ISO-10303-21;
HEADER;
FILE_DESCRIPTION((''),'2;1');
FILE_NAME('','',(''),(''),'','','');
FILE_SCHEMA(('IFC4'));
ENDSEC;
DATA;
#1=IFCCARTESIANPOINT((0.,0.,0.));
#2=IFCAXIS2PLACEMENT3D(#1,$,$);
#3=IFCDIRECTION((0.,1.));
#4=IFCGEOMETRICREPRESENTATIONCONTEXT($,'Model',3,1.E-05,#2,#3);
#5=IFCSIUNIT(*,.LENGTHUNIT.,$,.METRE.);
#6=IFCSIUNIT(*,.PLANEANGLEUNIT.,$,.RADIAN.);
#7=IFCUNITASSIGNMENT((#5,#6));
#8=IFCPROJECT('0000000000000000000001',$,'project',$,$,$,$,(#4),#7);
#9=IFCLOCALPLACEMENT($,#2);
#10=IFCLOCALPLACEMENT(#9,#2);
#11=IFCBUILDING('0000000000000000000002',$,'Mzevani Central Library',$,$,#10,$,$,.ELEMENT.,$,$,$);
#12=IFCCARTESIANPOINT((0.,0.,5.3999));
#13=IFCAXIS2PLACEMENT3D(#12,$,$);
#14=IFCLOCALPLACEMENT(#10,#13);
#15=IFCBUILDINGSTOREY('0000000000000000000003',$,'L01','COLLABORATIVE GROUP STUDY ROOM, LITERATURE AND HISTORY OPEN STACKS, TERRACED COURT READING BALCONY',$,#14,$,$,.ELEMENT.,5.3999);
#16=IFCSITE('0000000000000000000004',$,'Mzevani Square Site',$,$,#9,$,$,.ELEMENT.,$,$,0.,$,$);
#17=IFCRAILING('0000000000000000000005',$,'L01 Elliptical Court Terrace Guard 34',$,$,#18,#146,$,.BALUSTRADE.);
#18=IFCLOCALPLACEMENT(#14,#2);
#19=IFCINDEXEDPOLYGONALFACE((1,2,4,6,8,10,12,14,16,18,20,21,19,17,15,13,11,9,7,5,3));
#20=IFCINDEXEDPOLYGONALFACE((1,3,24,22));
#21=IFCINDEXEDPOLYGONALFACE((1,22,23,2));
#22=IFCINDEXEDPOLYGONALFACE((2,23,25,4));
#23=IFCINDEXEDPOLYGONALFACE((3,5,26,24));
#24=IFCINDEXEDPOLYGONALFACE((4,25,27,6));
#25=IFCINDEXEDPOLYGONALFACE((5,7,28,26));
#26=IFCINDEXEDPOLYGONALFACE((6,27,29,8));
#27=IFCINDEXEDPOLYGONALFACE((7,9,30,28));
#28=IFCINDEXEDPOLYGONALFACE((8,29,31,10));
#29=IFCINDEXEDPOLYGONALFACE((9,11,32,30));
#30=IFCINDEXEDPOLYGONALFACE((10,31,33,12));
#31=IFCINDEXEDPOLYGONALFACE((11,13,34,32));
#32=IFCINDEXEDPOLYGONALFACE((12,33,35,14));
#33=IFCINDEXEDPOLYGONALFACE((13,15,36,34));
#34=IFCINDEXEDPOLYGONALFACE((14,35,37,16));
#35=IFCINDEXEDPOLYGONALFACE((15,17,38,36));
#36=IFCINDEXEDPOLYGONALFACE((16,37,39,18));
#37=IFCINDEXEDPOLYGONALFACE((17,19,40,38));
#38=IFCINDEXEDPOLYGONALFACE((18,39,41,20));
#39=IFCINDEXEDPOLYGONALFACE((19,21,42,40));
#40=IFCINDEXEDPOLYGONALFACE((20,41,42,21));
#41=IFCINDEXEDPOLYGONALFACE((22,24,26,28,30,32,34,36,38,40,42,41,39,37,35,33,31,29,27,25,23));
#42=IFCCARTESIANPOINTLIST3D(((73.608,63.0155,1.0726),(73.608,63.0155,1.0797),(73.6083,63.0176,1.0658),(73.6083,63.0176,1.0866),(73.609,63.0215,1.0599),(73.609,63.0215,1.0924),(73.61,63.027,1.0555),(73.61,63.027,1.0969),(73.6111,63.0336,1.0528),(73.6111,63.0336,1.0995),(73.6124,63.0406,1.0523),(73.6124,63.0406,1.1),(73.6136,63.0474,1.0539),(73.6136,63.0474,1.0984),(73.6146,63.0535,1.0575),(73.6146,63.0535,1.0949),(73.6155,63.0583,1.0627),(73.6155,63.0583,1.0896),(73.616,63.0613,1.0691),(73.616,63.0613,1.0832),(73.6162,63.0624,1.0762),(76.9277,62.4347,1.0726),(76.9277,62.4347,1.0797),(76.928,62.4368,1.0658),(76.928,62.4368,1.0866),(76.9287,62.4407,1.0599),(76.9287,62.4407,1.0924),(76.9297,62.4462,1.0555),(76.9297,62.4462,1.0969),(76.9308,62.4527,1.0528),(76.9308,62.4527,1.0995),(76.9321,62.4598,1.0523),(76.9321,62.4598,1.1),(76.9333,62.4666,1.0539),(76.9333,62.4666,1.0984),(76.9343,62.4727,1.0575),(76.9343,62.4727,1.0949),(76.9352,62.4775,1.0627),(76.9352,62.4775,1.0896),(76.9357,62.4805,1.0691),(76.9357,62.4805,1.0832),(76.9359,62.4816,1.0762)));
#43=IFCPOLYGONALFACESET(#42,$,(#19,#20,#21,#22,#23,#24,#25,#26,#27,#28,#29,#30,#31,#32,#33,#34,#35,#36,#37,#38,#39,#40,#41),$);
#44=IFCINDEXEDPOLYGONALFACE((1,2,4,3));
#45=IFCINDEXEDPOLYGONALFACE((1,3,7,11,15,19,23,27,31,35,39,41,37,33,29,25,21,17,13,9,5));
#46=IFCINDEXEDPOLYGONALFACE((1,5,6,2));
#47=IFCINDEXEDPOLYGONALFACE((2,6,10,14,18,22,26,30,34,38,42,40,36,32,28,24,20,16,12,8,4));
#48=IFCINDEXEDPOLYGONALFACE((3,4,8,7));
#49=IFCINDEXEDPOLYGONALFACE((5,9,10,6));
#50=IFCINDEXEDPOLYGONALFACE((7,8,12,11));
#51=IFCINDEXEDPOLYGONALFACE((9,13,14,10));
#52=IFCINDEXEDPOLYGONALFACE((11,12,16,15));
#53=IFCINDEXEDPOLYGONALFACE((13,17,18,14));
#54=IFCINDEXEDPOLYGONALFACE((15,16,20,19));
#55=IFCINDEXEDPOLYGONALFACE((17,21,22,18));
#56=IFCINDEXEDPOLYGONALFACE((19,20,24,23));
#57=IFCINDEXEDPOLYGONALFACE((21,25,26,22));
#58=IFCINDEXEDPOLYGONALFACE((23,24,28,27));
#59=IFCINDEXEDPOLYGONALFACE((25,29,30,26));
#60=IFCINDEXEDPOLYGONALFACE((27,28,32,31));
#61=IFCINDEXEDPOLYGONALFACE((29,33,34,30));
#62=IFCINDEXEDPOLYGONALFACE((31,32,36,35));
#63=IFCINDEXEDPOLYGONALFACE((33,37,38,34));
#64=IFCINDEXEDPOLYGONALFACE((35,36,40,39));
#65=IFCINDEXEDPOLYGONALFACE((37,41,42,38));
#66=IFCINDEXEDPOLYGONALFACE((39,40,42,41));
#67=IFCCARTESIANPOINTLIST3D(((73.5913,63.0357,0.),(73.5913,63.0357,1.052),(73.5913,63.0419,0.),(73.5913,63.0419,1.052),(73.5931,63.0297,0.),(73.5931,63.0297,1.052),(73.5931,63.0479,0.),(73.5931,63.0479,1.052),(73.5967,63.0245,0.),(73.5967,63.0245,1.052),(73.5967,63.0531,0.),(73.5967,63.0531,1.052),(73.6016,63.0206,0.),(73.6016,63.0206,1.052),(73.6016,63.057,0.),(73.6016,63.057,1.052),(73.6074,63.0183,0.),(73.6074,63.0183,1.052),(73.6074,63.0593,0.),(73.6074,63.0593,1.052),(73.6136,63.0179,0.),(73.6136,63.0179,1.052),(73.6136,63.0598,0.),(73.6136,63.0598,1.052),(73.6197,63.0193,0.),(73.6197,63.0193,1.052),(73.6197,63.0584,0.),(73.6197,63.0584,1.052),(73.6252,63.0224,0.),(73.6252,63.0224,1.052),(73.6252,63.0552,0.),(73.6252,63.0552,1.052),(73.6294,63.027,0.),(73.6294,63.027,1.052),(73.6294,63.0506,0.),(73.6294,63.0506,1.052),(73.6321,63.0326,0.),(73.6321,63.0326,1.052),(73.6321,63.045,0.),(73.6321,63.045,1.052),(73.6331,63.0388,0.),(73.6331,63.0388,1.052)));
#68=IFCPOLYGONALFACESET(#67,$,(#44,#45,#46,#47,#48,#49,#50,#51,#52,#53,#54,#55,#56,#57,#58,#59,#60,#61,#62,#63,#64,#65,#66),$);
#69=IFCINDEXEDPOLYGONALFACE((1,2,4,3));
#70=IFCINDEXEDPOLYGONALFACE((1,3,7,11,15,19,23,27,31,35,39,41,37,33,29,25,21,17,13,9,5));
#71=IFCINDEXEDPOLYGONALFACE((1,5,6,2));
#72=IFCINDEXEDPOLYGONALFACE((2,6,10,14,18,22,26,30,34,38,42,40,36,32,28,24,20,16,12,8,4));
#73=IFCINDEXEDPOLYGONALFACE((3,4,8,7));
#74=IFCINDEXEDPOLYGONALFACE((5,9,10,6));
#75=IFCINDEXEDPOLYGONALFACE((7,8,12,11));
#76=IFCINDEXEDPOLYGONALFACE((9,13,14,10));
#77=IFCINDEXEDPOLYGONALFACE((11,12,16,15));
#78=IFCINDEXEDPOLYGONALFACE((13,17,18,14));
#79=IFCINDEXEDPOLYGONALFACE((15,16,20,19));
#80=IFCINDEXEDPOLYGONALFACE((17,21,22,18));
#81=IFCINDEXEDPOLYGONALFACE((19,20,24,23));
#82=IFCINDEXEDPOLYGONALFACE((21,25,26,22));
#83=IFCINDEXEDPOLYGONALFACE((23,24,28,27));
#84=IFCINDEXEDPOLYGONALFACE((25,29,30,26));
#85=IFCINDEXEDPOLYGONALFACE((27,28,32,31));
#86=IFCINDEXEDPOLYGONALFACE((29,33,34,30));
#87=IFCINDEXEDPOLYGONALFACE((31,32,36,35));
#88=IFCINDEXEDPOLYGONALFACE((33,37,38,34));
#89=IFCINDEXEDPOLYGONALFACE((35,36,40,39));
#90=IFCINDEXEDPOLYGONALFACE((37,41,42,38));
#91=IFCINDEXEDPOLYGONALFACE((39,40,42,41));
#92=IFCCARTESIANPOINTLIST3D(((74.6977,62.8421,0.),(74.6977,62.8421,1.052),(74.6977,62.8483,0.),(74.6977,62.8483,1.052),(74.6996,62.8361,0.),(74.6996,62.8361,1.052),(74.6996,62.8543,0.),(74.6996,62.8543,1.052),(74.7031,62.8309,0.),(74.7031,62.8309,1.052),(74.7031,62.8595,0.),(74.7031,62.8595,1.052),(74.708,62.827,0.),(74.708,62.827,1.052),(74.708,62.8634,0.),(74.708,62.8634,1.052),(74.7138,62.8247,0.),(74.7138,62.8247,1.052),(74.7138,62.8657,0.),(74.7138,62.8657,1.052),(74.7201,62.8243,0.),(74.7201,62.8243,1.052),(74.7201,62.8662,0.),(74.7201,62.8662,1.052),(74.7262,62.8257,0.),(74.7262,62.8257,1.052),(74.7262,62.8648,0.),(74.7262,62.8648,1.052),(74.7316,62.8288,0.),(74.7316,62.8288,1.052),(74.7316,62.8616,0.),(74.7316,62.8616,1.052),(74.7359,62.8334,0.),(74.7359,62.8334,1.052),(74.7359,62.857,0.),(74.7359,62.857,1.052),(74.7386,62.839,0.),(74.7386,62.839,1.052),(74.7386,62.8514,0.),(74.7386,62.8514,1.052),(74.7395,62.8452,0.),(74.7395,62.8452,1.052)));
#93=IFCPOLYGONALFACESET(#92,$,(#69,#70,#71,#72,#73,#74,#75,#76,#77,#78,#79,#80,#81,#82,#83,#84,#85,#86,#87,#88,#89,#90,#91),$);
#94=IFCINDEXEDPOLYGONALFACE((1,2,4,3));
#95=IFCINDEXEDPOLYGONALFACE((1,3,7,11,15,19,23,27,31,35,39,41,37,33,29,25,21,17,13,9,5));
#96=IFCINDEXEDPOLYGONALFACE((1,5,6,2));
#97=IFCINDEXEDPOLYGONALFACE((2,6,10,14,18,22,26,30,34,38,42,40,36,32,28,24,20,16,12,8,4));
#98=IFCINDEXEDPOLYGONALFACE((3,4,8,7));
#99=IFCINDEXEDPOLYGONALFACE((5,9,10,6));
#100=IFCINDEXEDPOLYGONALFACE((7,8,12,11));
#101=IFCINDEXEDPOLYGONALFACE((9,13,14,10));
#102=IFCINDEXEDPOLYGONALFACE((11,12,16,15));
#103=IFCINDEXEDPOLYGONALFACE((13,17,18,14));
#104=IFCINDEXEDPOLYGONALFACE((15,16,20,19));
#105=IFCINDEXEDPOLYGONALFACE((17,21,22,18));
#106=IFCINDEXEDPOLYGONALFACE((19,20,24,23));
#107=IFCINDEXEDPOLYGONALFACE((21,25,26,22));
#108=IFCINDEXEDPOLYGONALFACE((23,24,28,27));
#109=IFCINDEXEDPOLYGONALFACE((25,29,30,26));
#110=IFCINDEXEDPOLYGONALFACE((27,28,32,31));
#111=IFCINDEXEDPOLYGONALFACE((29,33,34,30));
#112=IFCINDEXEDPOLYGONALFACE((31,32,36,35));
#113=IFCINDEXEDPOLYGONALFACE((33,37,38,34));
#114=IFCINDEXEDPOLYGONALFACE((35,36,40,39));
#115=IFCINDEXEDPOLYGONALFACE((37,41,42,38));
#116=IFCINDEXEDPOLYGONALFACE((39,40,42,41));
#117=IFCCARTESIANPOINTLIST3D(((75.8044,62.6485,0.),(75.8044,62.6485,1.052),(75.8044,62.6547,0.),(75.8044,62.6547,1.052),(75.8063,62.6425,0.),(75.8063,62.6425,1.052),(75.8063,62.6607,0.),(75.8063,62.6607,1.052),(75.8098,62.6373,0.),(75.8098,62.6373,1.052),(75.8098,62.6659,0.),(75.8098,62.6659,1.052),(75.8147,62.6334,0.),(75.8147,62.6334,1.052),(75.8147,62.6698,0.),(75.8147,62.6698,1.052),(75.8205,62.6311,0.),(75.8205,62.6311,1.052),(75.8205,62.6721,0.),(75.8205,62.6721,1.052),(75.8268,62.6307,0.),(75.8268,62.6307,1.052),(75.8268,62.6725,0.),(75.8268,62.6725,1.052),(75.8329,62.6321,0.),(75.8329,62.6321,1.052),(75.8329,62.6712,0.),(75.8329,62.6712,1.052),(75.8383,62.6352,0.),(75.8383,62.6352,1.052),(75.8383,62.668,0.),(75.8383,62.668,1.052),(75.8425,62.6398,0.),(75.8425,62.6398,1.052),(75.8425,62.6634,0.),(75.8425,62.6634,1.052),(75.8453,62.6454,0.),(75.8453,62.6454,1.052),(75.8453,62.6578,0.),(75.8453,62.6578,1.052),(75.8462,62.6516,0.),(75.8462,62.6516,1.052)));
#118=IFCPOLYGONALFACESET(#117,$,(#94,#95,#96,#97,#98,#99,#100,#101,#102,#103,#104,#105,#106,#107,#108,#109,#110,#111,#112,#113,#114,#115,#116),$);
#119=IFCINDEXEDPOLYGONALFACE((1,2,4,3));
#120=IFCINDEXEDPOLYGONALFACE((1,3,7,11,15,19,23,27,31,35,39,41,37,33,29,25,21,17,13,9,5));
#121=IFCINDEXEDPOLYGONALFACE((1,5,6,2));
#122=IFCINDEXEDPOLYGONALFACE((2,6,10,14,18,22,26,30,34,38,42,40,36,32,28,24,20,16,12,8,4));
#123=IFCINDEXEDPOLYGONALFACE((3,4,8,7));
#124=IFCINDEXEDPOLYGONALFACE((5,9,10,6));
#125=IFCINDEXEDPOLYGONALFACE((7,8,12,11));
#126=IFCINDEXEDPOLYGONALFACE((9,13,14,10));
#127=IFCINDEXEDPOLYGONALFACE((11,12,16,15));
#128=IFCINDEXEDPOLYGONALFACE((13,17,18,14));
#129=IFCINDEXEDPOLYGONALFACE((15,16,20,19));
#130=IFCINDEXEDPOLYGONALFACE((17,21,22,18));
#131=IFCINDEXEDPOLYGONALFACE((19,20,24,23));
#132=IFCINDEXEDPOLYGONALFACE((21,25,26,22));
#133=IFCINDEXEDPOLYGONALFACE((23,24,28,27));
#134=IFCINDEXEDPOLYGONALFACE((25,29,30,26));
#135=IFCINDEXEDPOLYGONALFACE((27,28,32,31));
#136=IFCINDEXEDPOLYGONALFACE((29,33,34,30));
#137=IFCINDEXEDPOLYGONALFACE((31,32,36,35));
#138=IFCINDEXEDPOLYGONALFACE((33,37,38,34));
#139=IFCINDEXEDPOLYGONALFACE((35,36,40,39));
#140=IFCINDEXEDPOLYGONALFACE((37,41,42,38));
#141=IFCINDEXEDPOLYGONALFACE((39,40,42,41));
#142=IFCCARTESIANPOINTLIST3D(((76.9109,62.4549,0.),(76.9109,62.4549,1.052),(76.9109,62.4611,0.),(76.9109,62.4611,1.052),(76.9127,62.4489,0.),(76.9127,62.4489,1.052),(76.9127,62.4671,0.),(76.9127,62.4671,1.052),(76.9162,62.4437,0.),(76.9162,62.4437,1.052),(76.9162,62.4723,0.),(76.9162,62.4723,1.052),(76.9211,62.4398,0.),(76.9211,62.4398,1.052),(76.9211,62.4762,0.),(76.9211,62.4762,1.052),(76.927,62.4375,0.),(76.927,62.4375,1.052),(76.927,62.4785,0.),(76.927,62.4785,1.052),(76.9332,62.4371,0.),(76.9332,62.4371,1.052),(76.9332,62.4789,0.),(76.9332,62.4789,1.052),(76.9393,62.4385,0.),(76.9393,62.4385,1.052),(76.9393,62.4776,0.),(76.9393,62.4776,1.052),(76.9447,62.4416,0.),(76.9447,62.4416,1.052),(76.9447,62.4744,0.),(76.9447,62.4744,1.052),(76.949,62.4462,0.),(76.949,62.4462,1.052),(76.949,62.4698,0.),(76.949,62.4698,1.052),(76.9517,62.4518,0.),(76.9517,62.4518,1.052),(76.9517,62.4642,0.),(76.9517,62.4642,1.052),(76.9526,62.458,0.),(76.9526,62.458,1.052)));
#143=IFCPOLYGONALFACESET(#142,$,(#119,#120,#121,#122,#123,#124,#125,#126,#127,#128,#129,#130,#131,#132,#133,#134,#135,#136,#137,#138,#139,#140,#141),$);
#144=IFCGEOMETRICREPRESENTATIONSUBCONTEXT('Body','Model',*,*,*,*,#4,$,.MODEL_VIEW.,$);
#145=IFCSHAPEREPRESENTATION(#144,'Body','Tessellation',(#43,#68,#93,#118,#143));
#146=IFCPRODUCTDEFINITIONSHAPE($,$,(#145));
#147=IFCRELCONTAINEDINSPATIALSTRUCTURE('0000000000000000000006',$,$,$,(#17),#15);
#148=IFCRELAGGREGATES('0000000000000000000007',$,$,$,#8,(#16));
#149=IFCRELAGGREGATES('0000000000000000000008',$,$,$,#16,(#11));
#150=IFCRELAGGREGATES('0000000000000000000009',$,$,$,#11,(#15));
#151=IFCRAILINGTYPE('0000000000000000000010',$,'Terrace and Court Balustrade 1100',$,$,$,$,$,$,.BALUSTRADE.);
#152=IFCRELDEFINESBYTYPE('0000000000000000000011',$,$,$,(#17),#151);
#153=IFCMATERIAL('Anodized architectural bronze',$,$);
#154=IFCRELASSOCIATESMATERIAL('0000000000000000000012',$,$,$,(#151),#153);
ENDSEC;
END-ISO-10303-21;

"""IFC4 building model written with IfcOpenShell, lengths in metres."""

from ifc_helpers import new_model, si_unit, direction, frame, origin, origin_2d, place, context, subcontext, project, spatial, circle, extrude, material, type_object, element, save


model = new_model("IFC4")

# Units and contexts
model_context = context("Model", 3, precision=1e-05, world=origin(), true_north=direction((0.0, 1.0)))
body_context = subcontext(model_context, "Body", "Model", "MODEL_VIEW")
ifc_project = project(units=[si_unit("LENGTHUNIT", "METRE"), si_unit("PLANEANGLEUNIT", "RADIAN")], contexts=[model_context])

# Site, building, storey
site_placement = place(None, origin())
site = spatial("IfcSite", under=ifc_project, at=site_placement, Name="Mzevani Square Site", CompositionType="ELEMENT", RefElevation=0.0)
building_placement = place(site_placement, origin())
building = spatial("IfcBuilding", under=site, at=building_placement, Name="Mzevani Central Library", CompositionType="ELEMENT")
storey_placement = place(building_placement, frame((0.0, 0.0, 5.3999)))
storey = spatial("IfcBuildingStorey", under=building, at=storey_placement, Name="L01", Description="COLLABORATIVE GROUP STUDY ROOM, LITERATURE AND HISTORY OPEN STACKS, TERRACED COURT READING BALCONY", CompositionType="ELEMENT", Elevation=5.3999)

# Railing
ifc_material_1 = material(Name="Anodized architectural bronze")
railing_type = type_object("IfcRailingType", Name="Terrace and Court Balustrade 1100", PredefinedType="BALUSTRADE", material=ifc_material_1)
railing_1_placement = place(storey_placement, frame((73.6121, 63.0388, 0.0)))
element("IfcRailing", 1, at=railing_1_placement, inside=storey, type_object=railing_type, Name="L01 Elliptical Court Terrace Guard 34", PredefinedType="BALUSTRADE", context=body_context, shape_type="SweptSolid", body=[
    extrude(circle(Radius=0.0239, at=origin_2d()), frame((0.0, 0.0, 1.0762), z_axis=(0.985036, -0.172347, 0.0), x_axis=(0.172347, 0.985036, 0.0)), (0.0, 0.0, 1.0), 3.3701),
    extrude(circle(Radius=0.021, at=origin_2d()), origin(), (0.0, 0.0, 1.0), 1.052),
    extrude(circle(Radius=0.021, at=origin_2d()), frame((1.1064, -0.1936, 0.0)), (0.0, 0.0, 1.0), 1.052),
    extrude(circle(Radius=0.021, at=origin_2d()), frame((2.2131, -0.3872, 0.0)), (0.0, 0.0, 1.0), 1.052),
    extrude(circle(Radius=0.021, at=origin_2d()), frame((3.3196, -0.5808, 0.0)), (0.0, 0.0, 1.0), 1.052),
])

save(model, "model.ifc")
